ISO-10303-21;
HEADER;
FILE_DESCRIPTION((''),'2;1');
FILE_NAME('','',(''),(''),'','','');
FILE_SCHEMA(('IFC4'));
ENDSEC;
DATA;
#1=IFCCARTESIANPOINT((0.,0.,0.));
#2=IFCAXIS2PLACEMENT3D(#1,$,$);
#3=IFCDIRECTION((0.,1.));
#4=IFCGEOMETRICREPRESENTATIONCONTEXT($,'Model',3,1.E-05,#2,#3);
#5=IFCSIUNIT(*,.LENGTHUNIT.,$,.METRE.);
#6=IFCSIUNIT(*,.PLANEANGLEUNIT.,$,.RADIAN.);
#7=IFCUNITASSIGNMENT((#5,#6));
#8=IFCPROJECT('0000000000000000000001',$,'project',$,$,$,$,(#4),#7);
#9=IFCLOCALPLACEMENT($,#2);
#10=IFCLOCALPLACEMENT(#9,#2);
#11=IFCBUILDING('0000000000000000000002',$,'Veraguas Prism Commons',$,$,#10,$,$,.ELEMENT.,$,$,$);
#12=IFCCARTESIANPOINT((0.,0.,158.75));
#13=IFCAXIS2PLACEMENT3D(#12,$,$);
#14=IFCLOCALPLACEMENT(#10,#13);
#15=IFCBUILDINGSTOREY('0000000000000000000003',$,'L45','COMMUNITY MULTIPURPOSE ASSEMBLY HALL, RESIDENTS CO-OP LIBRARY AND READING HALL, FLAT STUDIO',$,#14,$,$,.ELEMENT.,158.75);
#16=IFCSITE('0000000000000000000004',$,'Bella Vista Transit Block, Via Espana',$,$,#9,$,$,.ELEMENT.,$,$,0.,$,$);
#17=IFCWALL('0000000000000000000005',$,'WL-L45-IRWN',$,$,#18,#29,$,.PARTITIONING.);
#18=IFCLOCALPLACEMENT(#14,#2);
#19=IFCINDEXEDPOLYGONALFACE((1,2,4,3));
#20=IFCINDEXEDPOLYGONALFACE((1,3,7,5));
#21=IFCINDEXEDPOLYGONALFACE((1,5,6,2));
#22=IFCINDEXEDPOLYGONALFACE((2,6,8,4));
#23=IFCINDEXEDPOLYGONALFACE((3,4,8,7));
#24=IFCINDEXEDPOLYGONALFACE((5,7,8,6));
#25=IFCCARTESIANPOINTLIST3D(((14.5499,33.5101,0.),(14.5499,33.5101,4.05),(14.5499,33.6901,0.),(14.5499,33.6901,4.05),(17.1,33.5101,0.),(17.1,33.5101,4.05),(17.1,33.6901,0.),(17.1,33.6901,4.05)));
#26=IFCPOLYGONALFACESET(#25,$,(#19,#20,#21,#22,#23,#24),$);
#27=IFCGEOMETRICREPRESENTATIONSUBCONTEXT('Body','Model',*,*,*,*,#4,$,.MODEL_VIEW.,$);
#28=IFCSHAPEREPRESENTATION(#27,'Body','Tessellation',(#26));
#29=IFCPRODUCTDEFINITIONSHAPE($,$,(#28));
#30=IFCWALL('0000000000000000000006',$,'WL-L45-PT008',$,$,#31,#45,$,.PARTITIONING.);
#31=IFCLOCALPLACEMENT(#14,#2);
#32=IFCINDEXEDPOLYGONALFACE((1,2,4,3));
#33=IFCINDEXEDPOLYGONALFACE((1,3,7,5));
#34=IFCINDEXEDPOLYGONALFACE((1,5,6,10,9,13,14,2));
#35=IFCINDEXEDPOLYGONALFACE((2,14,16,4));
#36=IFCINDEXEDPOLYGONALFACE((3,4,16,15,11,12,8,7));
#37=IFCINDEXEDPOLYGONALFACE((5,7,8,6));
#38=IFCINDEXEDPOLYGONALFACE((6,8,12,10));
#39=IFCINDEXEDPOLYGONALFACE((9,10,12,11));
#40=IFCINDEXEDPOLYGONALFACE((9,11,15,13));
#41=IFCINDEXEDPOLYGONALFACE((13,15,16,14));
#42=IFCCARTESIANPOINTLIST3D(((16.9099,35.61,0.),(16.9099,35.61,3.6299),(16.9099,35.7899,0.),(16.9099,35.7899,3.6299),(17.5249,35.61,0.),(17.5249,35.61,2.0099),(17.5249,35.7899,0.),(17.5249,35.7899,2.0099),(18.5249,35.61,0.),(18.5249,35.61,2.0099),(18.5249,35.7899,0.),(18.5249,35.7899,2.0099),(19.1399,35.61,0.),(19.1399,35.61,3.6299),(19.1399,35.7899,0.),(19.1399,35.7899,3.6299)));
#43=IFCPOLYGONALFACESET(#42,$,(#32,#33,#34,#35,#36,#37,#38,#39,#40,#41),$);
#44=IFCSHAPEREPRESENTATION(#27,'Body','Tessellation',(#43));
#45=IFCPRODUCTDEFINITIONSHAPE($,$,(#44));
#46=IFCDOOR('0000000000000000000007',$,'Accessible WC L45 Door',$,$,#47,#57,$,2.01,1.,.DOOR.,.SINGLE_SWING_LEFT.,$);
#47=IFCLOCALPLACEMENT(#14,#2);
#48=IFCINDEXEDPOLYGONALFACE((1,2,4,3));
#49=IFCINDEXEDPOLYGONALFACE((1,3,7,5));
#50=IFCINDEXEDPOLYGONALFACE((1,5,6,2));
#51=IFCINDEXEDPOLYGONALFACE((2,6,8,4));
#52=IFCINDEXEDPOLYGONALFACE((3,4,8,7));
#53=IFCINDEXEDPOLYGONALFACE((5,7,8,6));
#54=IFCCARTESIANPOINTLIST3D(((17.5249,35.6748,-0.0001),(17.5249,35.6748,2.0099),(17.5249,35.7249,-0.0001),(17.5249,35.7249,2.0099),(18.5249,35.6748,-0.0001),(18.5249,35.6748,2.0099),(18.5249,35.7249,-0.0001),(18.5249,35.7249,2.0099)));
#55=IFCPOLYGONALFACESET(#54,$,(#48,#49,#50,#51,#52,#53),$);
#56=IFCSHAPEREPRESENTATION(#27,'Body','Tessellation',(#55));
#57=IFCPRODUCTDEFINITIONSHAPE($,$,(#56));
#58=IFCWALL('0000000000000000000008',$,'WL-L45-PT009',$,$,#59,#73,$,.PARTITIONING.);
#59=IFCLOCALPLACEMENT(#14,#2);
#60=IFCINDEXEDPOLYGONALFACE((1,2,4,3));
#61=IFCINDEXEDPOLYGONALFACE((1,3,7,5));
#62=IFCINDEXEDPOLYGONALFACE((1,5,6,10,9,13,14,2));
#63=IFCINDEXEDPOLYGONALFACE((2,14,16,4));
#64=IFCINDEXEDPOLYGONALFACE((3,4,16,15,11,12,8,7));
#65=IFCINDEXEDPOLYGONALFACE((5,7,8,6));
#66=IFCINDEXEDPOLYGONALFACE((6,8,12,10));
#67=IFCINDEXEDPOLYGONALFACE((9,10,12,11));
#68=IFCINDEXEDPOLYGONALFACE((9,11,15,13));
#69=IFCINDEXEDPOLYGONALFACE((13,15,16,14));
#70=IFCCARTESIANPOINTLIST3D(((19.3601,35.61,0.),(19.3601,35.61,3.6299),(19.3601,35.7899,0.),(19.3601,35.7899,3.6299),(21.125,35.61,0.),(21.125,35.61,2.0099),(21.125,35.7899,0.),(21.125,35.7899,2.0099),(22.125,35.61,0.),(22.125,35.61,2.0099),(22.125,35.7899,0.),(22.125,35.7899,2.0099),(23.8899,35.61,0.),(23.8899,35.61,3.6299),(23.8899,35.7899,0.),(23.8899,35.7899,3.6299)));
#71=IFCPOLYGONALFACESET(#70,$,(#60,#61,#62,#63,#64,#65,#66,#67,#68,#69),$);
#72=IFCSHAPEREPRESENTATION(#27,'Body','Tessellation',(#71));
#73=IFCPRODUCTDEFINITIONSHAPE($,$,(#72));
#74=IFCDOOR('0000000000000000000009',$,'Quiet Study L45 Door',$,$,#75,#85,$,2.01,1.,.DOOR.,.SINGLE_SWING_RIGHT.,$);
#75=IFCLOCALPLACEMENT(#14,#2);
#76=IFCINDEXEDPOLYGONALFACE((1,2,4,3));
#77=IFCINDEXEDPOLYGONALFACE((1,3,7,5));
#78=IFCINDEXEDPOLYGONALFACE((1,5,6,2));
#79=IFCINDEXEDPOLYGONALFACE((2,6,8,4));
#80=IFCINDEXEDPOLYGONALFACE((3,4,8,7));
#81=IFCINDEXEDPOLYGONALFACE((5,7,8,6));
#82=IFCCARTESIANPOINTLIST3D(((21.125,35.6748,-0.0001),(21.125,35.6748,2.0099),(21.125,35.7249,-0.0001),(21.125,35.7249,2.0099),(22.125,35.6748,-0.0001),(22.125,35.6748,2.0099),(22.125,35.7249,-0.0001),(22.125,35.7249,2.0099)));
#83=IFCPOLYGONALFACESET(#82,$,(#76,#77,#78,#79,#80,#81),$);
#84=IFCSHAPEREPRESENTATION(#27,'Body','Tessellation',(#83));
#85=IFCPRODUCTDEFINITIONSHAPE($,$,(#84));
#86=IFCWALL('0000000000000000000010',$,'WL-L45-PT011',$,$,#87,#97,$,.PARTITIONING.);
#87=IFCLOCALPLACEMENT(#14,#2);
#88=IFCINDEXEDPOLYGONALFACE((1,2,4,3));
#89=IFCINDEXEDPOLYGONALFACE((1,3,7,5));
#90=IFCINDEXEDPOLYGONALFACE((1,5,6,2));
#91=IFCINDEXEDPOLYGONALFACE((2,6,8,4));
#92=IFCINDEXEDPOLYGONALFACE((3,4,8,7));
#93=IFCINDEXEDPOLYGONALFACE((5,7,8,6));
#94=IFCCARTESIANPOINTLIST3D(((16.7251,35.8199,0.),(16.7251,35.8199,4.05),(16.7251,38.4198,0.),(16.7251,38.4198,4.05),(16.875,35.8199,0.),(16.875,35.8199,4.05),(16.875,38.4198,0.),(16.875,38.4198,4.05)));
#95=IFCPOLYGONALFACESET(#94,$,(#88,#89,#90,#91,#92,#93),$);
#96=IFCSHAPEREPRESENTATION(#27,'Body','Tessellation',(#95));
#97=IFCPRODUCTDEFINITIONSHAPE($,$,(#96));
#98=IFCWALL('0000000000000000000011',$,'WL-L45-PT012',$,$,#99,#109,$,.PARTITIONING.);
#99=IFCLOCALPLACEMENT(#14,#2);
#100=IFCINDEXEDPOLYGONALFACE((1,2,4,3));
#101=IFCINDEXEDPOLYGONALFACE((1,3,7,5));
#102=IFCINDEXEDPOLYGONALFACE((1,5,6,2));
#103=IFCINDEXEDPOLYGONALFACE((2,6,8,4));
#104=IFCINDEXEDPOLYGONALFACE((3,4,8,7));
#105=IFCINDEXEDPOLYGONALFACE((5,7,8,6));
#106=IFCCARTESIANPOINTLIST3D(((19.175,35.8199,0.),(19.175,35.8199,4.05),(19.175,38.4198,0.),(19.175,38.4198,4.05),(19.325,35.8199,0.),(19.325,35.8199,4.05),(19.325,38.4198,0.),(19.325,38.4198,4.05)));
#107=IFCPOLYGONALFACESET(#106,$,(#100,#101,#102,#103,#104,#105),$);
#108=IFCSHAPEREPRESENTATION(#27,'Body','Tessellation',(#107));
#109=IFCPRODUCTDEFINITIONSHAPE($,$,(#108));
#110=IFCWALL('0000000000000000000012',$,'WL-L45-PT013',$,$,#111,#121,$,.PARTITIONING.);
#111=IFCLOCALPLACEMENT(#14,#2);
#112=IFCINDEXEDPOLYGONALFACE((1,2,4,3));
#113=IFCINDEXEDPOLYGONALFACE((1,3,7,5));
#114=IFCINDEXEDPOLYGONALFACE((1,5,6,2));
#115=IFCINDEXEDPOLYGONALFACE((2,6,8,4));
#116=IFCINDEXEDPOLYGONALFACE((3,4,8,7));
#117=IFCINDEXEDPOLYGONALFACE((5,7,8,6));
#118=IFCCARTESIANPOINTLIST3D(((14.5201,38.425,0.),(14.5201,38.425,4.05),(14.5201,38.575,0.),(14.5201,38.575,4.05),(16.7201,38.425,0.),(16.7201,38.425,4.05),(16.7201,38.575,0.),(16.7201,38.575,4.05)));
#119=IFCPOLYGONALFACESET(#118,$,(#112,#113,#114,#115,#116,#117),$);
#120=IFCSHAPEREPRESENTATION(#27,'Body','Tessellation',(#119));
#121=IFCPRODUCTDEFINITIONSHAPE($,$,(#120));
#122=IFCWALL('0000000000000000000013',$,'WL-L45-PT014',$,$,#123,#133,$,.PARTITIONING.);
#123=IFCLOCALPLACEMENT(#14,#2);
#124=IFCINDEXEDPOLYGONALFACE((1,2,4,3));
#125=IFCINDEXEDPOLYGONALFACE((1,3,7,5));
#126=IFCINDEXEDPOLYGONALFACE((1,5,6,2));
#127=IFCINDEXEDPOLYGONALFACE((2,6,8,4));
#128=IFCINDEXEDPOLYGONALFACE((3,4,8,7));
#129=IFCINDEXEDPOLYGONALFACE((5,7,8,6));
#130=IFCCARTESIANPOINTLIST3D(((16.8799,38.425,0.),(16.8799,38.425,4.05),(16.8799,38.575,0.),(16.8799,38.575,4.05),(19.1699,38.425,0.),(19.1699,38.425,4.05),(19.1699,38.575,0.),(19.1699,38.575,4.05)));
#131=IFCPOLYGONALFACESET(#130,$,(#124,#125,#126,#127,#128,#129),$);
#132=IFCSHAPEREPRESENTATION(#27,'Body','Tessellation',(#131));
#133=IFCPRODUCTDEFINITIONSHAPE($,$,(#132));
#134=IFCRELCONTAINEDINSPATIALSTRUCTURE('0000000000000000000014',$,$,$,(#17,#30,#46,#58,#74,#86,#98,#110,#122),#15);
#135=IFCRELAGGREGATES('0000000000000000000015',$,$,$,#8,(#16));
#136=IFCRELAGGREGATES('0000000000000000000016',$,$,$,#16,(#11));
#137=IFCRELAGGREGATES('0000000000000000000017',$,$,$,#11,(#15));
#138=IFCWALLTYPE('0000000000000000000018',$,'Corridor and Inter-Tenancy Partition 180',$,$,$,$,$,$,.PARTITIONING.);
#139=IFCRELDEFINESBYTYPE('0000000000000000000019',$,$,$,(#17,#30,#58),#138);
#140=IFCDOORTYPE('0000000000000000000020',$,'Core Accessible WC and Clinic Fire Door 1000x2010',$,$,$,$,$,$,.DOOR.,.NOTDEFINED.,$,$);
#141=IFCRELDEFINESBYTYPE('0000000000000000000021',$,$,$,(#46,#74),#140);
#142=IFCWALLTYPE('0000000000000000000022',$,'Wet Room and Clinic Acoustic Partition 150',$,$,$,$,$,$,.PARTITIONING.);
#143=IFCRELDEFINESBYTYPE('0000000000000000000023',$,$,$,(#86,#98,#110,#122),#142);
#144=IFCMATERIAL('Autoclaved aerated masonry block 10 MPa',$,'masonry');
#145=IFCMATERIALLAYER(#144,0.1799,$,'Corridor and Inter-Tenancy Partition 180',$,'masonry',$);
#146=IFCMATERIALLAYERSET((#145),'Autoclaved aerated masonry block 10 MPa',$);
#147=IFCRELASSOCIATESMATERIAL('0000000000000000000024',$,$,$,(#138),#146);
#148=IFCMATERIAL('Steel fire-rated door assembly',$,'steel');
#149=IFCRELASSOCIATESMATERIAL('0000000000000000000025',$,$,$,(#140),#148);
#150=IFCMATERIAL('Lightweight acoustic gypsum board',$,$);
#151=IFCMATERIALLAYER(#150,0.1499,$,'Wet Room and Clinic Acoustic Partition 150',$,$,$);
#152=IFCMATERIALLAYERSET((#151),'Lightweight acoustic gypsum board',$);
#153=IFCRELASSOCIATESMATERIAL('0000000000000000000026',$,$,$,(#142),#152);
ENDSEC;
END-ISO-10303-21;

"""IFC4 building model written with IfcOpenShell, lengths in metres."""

from ifc_helpers import new_model, si_unit, direction, frame, frame_2d, origin, place, context, subcontext, project, spatial, rectangle, extrude, source, transform, mapped, material, layer, layer_set, type_object, element, fill, save


model = new_model("IFC4")

# Units and contexts
model_context = context("Model", 3, precision=1e-05, world=origin(), true_north=direction((0.0, 1.0)))
body_context = subcontext(model_context, "Body", "Model", "MODEL_VIEW")
ifc_project = project(units=[si_unit("LENGTHUNIT", "METRE"), si_unit("PLANEANGLEUNIT", "RADIAN")], contexts=[model_context])

# Site, building, storey
site_placement = place(None, origin())
site = spatial("IfcSite", under=ifc_project, at=site_placement, Name="Bella Vista Transit Block, Via Espana", CompositionType="ELEMENT", RefElevation=0.0)
building_placement = place(site_placement, origin())
building = spatial("IfcBuilding", under=site, at=building_placement, Name="Veraguas Prism Commons", CompositionType="ELEMENT")
storey_placement = place(building_placement, frame((0.0, 0.0, 158.75)))
storey = spatial("IfcBuildingStorey", under=building, at=storey_placement, Name="L45", Description="COMMUNITY MULTIPURPOSE ASSEMBLY HALL, RESIDENTS CO-OP LIBRARY AND READING HALL, FLAT STUDIO", CompositionType="ELEMENT", Elevation=158.75)

# Wall
ifc_material_1 = material(Name="Autoclaved aerated masonry block 10 MPa", Category="masonry")
ifc_layer_1 = layer(ifc_material_1, 0.1799, Name="Corridor and Inter-Tenancy Partition 180", Category="masonry")
ifc_layer_set_1 = layer_set([ifc_layer_1], Name="Autoclaved aerated masonry block 10 MPa")
wall_type_1 = type_object("IfcWallType", Name="Corridor and Inter-Tenancy Partition 180", PredefinedType="PARTITIONING", material=ifc_layer_set_1)
wall_1_placement = place(storey_placement, frame((14.55, 33.6001, 0.0), z_axis=(0.0, 0.0, 1.0), x_axis=(1.0, 0.0, 0.0)))
element("IfcWall", 1, at=wall_1_placement, inside=storey, type_object=wall_type_1, Name="WL-L45-IRWN", PredefinedType="PARTITIONING", context=body_context, shape_type="SweptSolid", body=[
    extrude(rectangle(XDim=2.55, YDim=0.1799, at=frame_2d((1.2749, 0.0))), origin(), (0.0, 0.0, 1.0), 4.05),
])

# Walls, openings, doors
wall_2_placement = place(storey_placement, frame((16.9099, 35.7, 0.0), z_axis=(0.0, 0.0, 1.0), x_axis=(1.0, 0.0, 0.0)))
wall_2 = element("IfcWall", 2, at=wall_2_placement, inside=storey, type_object=wall_type_1, Name="WL-L45-PT008", PredefinedType="PARTITIONING", context=body_context, shape_type="SweptSolid", body=[
    extrude(rectangle(XDim=2.23, YDim=0.1799, at=frame_2d((1.115, 0.0))), origin(), (0.0, 0.0, 1.0), 3.6299),
])
opening_1_placement = place(wall_2_placement, frame((0.615, 0.0, 0.0)))
opening_1 = element("IfcOpeningElement", 3, at=opening_1_placement, cuts=wall_2, PredefinedType="OPENING", context=body_context, shape_type="SweptSolid", body=[
    extrude(rectangle(XDim=1.0, YDim=2.01, at=frame_2d((0.5, 1.0049))), frame((0.0, 0.0999, 0.0), z_axis=(0.0, -1.0, 0.0), x_axis=(1.0, 0.0, 0.0)), (0.0, 0.0, 1.0), 0.2),
])
ifc_material_2 = material(Name="Steel fire-rated door assembly", Category="steel")
door_type = type_object("IfcDoorType", Name="Core Accessible WC and Clinic Fire Door 1000x2010", OperationType="NOTDEFINED", PredefinedType="DOOR", material=ifc_material_2)
shared_shape_1 = source(origin(), body_context, "Body", "SweptSolid", [
    extrude(rectangle(XDim=1.0, YDim=2.01, at=frame_2d((0.5, 1.0049))), frame((0.0, 0.0249, 0.0), z_axis=(0.0, -1.0, 0.0), x_axis=(1.0, 0.0, 0.0)), (0.0, 0.0, 1.0), 0.05),
])
door_1_placement = place(opening_1_placement, origin())
door_1 = element("IfcDoor", 4, at=door_1_placement, inside=storey, type_object=door_type, Name="Accessible WC L45 Door", OperationType="SINGLE_SWING_LEFT", OverallHeight=2.01, OverallWidth=1.0, PredefinedType="DOOR", context=body_context, shape_type="MappedRepresentation", body=[
    mapped(shared_shape_1, transform((0.0, 0.0, 0.0), scale=1.0)),
])
fill(opening_1, door_1)
wall_3_placement = place(storey_placement, frame((19.3601, 35.7, 0.0), z_axis=(0.0, 0.0, 1.0), x_axis=(1.0, 0.0, 0.0)))
wall_3 = element("IfcWall", 5, at=wall_3_placement, inside=storey, type_object=wall_type_1, Name="WL-L45-PT009", PredefinedType="PARTITIONING", context=body_context, shape_type="SweptSolid", body=[
    extrude(rectangle(XDim=4.5298, YDim=0.1799, at=frame_2d((2.2649, 0.0))), origin(), (0.0, 0.0, 1.0), 3.6299),
])
opening_2_placement = place(wall_3_placement, frame((1.7649, 0.0, 0.0)))
opening_2 = element("IfcOpeningElement", 6, at=opening_2_placement, cuts=wall_3, PredefinedType="OPENING", context=body_context, shape_type="SweptSolid", body=[
    extrude(rectangle(XDim=1.0, YDim=2.01, at=frame_2d((0.5, 1.0049))), frame((0.0, 0.0999, 0.0), z_axis=(0.0, -1.0, 0.0), x_axis=(1.0, 0.0, 0.0)), (0.0, 0.0, 1.0), 0.2),
])
door_2_placement = place(opening_2_placement, origin())
door_2 = element("IfcDoor", 7, at=door_2_placement, inside=storey, type_object=door_type, Name="Quiet Study L45 Door", OperationType="SINGLE_SWING_RIGHT", OverallHeight=2.01, OverallWidth=1.0, PredefinedType="DOOR", context=body_context, shape_type="MappedRepresentation", body=[
    mapped(shared_shape_1, transform((0.0, 0.0, 0.0), scale=1.0)),
])
fill(opening_2, door_2)

# Walls
ifc_material_3 = material(Name="Lightweight acoustic gypsum board")
ifc_layer_2 = layer(ifc_material_3, 0.1499, Name="Wet Room and Clinic Acoustic Partition 150")
ifc_layer_set_2 = layer_set([ifc_layer_2], Name="Lightweight acoustic gypsum board")
wall_type_2 = type_object("IfcWallType", Name="Wet Room and Clinic Acoustic Partition 150", PredefinedType="PARTITIONING", material=ifc_layer_set_2)
for number, where, z_axis, x_axis, name in (
    (8, (16.8, 35.8201, 0.0), (0.0, 0.0, 1.0), (0.0, 1.0, 0.0), "WL-L45-PT011"),
    (9, (19.25, 35.8201, 0.0), (0.0, 0.0, 1.0), (0.0, 1.0, 0.0), "WL-L45-PT012"),
):
    element("IfcWall", number, at=place(storey_placement, frame(where, z_axis=z_axis, x_axis=x_axis)), inside=storey, type_object=wall_type_2, Name=name, PredefinedType="PARTITIONING", context=body_context, shape_type="SweptSolid", body=[
        extrude(rectangle(XDim=2.5999, YDim=0.1499, at=frame_2d((1.2998, 0.0))), origin(), (0.0, 0.0, 1.0), 4.05),
    ])
wall_4_placement = place(storey_placement, frame((14.52, 38.5, 0.0), z_axis=(0.0, 0.0, 1.0), x_axis=(1.0, 0.0, 0.0)))
element("IfcWall", 10, at=wall_4_placement, inside=storey, type_object=wall_type_2, Name="WL-L45-PT013", PredefinedType="PARTITIONING", context=body_context, shape_type="SweptSolid", body=[
    extrude(rectangle(XDim=2.2, YDim=0.1499, at=frame_2d((1.1001, 0.0))), origin(), (0.0, 0.0, 1.0), 4.05),
])
wall_5_placement = place(storey_placement, frame((16.8799, 38.5, 0.0), z_axis=(0.0, 0.0, 1.0), x_axis=(1.0, 0.0, 0.0)))
element("IfcWall", 11, at=wall_5_placement, inside=storey, type_object=wall_type_2, Name="WL-L45-PT014", PredefinedType="PARTITIONING", context=body_context, shape_type="SweptSolid", body=[
    extrude(rectangle(XDim=2.29, YDim=0.1499, at=frame_2d((1.145, 0.0))), origin(), (0.0, 0.0, 1.0), 4.05),
])

save(model, "model.ifc")
